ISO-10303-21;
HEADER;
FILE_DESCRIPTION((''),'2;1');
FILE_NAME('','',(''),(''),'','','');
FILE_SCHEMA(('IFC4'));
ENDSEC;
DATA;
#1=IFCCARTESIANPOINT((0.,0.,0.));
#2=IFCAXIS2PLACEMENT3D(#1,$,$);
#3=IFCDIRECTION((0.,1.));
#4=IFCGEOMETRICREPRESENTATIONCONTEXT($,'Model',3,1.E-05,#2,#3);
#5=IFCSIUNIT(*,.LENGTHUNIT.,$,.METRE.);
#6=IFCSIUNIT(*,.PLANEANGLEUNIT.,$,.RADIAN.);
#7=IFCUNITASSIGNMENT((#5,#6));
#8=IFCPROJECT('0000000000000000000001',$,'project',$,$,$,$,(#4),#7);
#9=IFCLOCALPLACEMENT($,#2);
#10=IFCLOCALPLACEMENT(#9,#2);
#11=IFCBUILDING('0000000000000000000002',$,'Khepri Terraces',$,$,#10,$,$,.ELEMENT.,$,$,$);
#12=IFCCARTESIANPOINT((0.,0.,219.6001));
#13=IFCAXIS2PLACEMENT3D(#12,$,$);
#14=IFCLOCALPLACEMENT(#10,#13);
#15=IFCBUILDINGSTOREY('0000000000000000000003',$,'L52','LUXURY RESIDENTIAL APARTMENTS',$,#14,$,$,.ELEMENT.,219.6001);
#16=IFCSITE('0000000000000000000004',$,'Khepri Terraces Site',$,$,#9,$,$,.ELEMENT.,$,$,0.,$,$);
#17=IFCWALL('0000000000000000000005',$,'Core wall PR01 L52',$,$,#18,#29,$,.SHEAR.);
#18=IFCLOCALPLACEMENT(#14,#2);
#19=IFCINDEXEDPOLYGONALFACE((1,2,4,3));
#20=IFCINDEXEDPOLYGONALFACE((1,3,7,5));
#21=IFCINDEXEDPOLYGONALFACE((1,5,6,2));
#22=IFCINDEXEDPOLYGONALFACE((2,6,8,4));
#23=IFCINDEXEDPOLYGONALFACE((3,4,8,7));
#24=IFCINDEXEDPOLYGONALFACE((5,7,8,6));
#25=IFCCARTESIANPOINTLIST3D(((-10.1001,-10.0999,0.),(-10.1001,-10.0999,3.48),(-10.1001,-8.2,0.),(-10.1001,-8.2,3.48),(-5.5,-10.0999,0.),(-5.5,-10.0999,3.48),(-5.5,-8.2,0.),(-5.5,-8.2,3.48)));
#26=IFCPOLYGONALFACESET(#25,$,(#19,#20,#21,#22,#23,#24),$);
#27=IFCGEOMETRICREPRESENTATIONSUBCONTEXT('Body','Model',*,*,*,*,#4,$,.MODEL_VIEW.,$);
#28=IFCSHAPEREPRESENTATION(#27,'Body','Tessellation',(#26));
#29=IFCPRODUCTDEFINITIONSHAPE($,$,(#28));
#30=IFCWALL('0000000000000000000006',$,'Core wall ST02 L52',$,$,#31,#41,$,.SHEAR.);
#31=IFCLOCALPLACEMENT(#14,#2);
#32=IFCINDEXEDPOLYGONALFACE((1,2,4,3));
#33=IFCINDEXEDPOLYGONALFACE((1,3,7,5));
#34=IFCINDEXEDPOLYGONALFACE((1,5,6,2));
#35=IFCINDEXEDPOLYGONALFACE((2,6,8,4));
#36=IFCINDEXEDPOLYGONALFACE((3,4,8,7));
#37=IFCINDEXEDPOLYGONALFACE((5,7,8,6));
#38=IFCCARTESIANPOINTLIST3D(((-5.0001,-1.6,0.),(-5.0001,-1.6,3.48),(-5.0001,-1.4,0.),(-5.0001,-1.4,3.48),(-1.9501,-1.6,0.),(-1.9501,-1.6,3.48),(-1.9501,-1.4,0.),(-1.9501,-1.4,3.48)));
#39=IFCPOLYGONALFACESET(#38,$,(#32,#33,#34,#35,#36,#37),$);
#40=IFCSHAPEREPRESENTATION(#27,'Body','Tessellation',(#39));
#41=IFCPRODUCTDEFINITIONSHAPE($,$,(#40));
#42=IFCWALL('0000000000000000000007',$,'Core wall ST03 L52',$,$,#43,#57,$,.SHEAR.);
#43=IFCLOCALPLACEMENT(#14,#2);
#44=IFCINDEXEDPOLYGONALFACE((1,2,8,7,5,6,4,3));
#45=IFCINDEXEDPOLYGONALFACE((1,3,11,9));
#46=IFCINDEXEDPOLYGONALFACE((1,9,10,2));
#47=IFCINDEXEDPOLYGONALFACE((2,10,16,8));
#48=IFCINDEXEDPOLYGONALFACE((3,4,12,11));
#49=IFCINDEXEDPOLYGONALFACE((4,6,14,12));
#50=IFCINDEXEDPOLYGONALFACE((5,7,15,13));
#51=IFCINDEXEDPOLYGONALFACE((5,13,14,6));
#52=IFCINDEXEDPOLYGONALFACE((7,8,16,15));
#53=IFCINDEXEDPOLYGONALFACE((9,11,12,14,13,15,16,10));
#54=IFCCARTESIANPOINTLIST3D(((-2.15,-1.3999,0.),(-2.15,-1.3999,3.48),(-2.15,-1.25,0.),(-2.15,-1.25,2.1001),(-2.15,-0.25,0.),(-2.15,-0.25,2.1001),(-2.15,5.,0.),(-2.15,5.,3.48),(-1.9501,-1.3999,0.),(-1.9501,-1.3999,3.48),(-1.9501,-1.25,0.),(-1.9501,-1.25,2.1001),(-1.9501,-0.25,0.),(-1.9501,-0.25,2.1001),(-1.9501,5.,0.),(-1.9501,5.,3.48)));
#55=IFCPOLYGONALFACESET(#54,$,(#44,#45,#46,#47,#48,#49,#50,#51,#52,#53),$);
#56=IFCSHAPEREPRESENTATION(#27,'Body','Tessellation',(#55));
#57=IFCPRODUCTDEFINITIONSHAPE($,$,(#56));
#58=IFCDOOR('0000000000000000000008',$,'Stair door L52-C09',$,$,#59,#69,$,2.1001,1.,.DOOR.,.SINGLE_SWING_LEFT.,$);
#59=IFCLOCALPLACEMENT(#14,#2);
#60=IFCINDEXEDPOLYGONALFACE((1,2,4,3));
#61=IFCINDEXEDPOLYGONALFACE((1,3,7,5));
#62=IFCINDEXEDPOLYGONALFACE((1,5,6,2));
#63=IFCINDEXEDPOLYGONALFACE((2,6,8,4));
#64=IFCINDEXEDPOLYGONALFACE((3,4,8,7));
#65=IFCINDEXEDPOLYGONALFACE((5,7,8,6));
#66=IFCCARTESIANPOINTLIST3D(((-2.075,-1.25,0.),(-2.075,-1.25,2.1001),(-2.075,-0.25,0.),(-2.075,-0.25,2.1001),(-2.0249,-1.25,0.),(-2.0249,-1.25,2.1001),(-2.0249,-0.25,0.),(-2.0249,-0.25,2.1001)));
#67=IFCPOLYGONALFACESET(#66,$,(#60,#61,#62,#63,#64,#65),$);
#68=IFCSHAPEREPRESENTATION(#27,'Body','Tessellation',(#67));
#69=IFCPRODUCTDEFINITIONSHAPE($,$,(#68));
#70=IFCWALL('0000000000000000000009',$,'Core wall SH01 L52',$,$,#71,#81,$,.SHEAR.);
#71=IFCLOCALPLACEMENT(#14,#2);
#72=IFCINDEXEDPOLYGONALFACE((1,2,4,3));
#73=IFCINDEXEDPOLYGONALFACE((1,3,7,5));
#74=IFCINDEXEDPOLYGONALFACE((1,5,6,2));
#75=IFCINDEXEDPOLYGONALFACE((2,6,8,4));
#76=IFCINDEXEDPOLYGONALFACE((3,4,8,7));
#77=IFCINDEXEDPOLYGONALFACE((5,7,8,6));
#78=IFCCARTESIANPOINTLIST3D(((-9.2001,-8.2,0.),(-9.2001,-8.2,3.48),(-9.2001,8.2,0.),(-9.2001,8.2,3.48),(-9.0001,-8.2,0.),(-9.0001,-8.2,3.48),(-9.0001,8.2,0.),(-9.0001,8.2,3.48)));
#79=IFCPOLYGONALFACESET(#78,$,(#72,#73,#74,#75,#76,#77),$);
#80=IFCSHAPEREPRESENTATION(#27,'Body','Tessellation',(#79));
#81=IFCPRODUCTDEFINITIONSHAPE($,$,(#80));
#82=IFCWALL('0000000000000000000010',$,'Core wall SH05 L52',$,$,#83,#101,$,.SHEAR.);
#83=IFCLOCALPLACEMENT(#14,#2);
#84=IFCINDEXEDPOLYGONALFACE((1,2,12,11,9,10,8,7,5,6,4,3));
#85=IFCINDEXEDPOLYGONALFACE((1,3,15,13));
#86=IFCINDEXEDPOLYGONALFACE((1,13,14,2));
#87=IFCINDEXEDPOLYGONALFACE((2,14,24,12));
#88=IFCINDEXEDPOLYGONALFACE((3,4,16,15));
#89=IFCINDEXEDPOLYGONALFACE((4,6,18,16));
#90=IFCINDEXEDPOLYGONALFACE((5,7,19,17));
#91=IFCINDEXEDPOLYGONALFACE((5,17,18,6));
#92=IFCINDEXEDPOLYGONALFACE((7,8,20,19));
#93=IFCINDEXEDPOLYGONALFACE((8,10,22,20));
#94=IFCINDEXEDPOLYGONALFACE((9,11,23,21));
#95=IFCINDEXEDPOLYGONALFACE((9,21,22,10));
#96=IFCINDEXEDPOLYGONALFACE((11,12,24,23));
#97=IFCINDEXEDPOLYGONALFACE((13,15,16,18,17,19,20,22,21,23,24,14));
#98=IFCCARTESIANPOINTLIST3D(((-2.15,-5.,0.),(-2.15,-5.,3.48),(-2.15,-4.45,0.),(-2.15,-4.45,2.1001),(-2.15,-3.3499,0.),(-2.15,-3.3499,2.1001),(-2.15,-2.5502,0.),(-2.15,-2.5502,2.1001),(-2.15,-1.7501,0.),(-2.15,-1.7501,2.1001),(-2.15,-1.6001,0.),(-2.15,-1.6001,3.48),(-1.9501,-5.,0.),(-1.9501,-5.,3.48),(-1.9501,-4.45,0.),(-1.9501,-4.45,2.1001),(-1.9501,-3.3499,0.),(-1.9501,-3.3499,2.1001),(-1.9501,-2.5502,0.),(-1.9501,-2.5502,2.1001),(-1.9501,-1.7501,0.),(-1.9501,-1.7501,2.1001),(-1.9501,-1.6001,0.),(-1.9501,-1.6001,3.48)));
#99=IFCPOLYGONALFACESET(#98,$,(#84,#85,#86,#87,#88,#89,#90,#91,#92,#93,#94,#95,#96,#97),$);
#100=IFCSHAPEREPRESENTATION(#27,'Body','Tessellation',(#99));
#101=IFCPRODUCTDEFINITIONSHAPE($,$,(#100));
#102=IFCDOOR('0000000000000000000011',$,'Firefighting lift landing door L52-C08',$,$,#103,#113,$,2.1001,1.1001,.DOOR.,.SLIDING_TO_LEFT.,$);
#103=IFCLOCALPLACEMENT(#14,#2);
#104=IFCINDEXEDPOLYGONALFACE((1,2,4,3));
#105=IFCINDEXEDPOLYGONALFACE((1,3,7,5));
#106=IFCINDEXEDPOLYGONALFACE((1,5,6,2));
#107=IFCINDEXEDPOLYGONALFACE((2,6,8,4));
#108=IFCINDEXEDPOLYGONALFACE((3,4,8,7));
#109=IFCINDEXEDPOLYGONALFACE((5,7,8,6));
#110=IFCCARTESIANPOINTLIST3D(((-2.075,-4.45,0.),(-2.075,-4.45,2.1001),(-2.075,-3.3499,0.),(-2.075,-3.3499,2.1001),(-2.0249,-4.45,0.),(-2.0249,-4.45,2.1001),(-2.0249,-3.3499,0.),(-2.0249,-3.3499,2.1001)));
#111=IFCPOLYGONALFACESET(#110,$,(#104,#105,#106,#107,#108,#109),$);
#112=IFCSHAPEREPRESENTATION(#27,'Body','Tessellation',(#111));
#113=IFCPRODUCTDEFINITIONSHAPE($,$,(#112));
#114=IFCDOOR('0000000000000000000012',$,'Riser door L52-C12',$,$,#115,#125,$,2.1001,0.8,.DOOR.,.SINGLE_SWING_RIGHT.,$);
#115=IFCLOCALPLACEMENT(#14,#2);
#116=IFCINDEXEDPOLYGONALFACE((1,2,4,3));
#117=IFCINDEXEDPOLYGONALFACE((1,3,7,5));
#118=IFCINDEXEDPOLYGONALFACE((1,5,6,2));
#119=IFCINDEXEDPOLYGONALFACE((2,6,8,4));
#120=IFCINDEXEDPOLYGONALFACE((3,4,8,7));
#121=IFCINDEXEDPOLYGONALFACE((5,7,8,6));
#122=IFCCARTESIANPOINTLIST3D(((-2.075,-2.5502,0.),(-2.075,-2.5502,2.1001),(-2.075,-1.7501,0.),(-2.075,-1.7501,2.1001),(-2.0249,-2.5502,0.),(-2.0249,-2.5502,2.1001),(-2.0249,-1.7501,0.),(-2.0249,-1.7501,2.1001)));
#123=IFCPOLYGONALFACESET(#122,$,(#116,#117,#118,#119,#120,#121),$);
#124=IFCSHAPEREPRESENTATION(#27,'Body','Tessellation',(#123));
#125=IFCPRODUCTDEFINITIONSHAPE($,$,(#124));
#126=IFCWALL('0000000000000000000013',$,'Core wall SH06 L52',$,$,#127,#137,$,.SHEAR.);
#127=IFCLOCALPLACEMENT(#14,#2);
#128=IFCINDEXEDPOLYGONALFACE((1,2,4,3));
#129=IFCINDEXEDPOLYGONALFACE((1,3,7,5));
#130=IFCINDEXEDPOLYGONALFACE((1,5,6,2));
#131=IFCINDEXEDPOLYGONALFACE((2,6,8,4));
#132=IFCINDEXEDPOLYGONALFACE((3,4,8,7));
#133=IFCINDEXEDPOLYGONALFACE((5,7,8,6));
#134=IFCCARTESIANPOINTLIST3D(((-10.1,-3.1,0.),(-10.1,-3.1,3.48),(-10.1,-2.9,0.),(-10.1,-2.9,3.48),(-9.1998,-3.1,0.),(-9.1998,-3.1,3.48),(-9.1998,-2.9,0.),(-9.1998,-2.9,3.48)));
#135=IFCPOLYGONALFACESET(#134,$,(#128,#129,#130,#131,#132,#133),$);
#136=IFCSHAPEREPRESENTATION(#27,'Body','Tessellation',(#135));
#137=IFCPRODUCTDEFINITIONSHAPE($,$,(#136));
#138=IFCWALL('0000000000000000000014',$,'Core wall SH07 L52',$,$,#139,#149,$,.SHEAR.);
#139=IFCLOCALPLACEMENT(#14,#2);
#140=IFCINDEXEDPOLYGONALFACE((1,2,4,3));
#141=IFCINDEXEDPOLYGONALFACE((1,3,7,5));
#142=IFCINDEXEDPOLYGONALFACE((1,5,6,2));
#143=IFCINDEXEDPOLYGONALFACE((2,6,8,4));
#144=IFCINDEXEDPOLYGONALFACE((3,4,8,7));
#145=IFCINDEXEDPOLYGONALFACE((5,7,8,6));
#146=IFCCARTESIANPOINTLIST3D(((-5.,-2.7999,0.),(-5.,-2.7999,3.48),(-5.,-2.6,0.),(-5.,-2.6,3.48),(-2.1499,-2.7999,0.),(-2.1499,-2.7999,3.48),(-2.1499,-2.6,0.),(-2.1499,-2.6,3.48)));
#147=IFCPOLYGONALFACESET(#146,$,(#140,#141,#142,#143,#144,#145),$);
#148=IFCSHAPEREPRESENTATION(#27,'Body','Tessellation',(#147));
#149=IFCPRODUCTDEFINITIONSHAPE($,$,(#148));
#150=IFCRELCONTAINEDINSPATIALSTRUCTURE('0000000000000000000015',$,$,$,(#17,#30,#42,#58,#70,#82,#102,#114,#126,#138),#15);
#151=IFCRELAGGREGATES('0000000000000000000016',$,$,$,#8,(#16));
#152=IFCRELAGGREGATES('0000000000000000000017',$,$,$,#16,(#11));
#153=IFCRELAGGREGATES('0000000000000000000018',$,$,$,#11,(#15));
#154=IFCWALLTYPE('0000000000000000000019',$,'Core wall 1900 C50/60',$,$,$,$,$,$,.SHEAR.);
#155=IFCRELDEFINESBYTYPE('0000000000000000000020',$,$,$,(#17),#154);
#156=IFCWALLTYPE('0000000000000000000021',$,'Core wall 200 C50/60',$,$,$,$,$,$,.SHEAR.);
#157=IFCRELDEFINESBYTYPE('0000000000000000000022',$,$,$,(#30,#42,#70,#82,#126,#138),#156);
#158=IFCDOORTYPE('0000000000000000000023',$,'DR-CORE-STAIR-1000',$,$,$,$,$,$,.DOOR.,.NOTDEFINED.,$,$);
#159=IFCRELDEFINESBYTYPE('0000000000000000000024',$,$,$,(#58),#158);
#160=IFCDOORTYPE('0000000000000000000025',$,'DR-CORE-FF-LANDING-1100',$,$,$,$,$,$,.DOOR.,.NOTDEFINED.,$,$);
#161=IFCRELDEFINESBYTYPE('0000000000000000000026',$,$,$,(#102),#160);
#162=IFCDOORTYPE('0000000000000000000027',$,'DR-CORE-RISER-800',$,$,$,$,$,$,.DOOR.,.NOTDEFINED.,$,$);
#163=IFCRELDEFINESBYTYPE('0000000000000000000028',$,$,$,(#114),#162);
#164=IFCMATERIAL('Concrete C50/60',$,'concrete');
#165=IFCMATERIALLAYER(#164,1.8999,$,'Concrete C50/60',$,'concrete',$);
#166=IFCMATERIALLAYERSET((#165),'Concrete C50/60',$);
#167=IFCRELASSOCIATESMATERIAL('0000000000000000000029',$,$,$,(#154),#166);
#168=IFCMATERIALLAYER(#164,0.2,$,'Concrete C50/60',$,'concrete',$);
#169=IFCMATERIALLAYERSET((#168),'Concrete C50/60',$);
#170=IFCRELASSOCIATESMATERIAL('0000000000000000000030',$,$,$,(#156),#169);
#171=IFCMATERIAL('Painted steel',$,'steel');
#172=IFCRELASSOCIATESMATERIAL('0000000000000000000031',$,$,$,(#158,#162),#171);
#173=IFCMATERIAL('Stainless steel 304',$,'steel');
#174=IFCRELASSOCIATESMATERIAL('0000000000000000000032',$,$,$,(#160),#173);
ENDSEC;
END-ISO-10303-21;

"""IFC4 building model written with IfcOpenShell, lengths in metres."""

from ifc_helpers import new_model, si_unit, direction, frame, frame_2d, origin, place, context, subcontext, project, spatial, rectangle, extrude, material, layer, layer_set, type_object, element, fill, save


model = new_model("IFC4")

# Units and contexts
model_context = context("Model", 3, precision=1e-05, world=origin(), true_north=direction((0.0, 1.0)))
body_context = subcontext(model_context, "Body", "Model", "MODEL_VIEW")
ifc_project = project(units=[si_unit("LENGTHUNIT", "METRE"), si_unit("PLANEANGLEUNIT", "RADIAN")], contexts=[model_context])

# Site, building, storey
site_placement = place(None, origin())
site = spatial("IfcSite", under=ifc_project, at=site_placement, Name="Khepri Terraces Site", CompositionType="ELEMENT", RefElevation=0.0)
building_placement = place(site_placement, origin())
building = spatial("IfcBuilding", under=site, at=building_placement, Name="Khepri Terraces", CompositionType="ELEMENT")
storey_placement = place(building_placement, frame((0.0, 0.0, 219.6001)))
storey = spatial("IfcBuildingStorey", under=building, at=storey_placement, Name="L52", Description="LUXURY RESIDENTIAL APARTMENTS", CompositionType="ELEMENT", Elevation=219.6001)

# Walls
ifc_material_1 = material(Name="Concrete C50/60", Category="concrete")
ifc_layer_1 = layer(ifc_material_1, 1.8999, Name="Concrete C50/60", Category="concrete")
ifc_layer_set_1 = layer_set([ifc_layer_1], Name="Concrete C50/60")
wall_type_1 = type_object("IfcWallType", Name="Core wall 1900 C50/60", PredefinedType="SHEAR", material=ifc_layer_set_1)
wall_1_placement = place(storey_placement, frame((-10.1001, -9.1499, 0.0), z_axis=(0.0, 0.0, 1.0), x_axis=(1.0, 0.0, 0.0)))
element("IfcWall", 1, at=wall_1_placement, inside=storey, type_object=wall_type_1, Name="Core wall PR01 L52", PredefinedType="SHEAR", context=body_context, shape_type="SweptSolid", body=[
    extrude(rectangle(XDim=4.6001, YDim=1.8999, at=frame_2d((2.3, 0.0))), origin(), (0.0, 0.0, 1.0), 3.48),
])
ifc_layer_2 = layer(ifc_material_1, 0.2, Name="Concrete C50/60", Category="concrete")
ifc_layer_set_2 = layer_set([ifc_layer_2], Name="Concrete C50/60")
wall_type_2 = type_object("IfcWallType", Name="Core wall 200 C50/60", PredefinedType="SHEAR", material=ifc_layer_set_2)
wall_2_placement = place(storey_placement, frame((-5.0, -1.5, 0.0), z_axis=(0.0, 0.0, 1.0), x_axis=(1.0, 0.0, 0.0)))
element("IfcWall", 2, at=wall_2_placement, inside=storey, type_object=wall_type_2, Name="Core wall ST02 L52", PredefinedType="SHEAR", context=body_context, shape_type="SweptSolid", body=[
    extrude(rectangle(XDim=3.05, YDim=0.2, at=frame_2d((1.5249, 0.0))), origin(), (0.0, 0.0, 1.0), 3.48),
])

# Wall, opening, door
wall_3_placement = place(storey_placement, frame((-2.05, -1.3999, 0.0), z_axis=(0.0, 0.0, 1.0), x_axis=(0.0, 1.0, 0.0)))
wall_3 = element("IfcWall", 3, at=wall_3_placement, inside=storey, type_object=wall_type_2, Name="Core wall ST03 L52", PredefinedType="SHEAR", context=body_context, shape_type="SweptSolid", body=[
    extrude(rectangle(XDim=6.3999, YDim=0.2, at=frame_2d((3.2, 0.0))), origin(), (0.0, 0.0, 1.0), 3.48),
])
opening_1_placement = place(wall_3_placement, frame((0.1499, 0.0, 0.0)))
opening_1 = element("IfcOpeningElement", 4, at=opening_1_placement, cuts=wall_3, PredefinedType="OPENING", context=body_context, shape_type="SweptSolid", body=[
    extrude(rectangle(XDim=1.0, YDim=2.1001, at=frame_2d((0.5, 1.05))), frame((0.0, 0.1099, 0.0), z_axis=(0.0, -1.0, 0.0), x_axis=(1.0, 0.0, 0.0)), (0.0, 0.0, 1.0), 0.22),
])
ifc_material_2 = material(Name="Painted steel", Category="steel")
door_type_1 = type_object("IfcDoorType", Name="DR-CORE-STAIR-1000", OperationType="NOTDEFINED", PredefinedType="DOOR", material=ifc_material_2)
door_1_placement = place(opening_1_placement, origin())
door_1 = element("IfcDoor", 5, at=door_1_placement, inside=storey, type_object=door_type_1, Name="Stair door L52-C09", OperationType="SINGLE_SWING_LEFT", OverallHeight=2.1001, OverallWidth=1.0, PredefinedType="DOOR", context=body_context, shape_type="SweptSolid", body=[
    extrude(rectangle(XDim=1.0, YDim=2.1001, at=frame_2d((0.5, 1.05))), frame((0.0, 0.0249, 0.0), z_axis=(0.0, -1.0, 0.0), x_axis=(1.0, 0.0, 0.0)), (0.0, 0.0, 1.0), 0.05),
])
fill(opening_1, door_1)

# Wall
wall_4_placement = place(storey_placement, frame((-9.1001, -8.2, 0.0), z_axis=(0.0, 0.0, 1.0), x_axis=(0.0, 1.0, 0.0)))
element("IfcWall", 6, at=wall_4_placement, inside=storey, type_object=wall_type_2, Name="Core wall SH01 L52", PredefinedType="SHEAR", context=body_context, shape_type="SweptSolid", body=[
    extrude(rectangle(XDim=16.3999, YDim=0.2, at=frame_2d((8.2, 0.0))), origin(), (0.0, 0.0, 1.0), 3.48),
])

# Wall, openings, doors
wall_5_placement = place(storey_placement, frame((-2.05, -5.0, 0.0), z_axis=(0.0, 0.0, 1.0), x_axis=(0.0, 1.0, 0.0)))
wall_5 = element("IfcWall", 7, at=wall_5_placement, inside=storey, type_object=wall_type_2, Name="Core wall SH05 L52", PredefinedType="SHEAR", context=body_context, shape_type="SweptSolid", body=[
    extrude(rectangle(XDim=3.3999, YDim=0.2, at=frame_2d((1.7, 0.0))), origin(), (0.0, 0.0, 1.0), 3.48),
])
opening_2_placement = place(wall_5_placement, frame((0.55, 0.0, 0.0)))
opening_2 = element("IfcOpeningElement", 8, at=opening_2_placement, cuts=wall_5, PredefinedType="OPENING", context=body_context, shape_type="SweptSolid", body=[
    extrude(rectangle(XDim=1.1001, YDim=2.1001, at=frame_2d((0.55, 1.05))), frame((0.0, 0.1099, 0.0), z_axis=(0.0, -1.0, 0.0), x_axis=(1.0, 0.0, 0.0)), (0.0, 0.0, 1.0), 0.22),
])
opening_3_placement = place(wall_5_placement, frame((2.45, 0.0, 0.0)))
opening_3 = element("IfcOpeningElement", 9, at=opening_3_placement, cuts=wall_5, PredefinedType="OPENING", context=body_context, shape_type="SweptSolid", body=[
    extrude(rectangle(XDim=0.8, YDim=2.1001, at=frame_2d((0.3999, 1.05))), frame((0.0, 0.1099, 0.0), z_axis=(0.0, -1.0, 0.0), x_axis=(1.0, 0.0, 0.0)), (0.0, 0.0, 1.0), 0.22),
])
ifc_material_3 = material(Name="Stainless steel 304", Category="steel")
door_type_2 = type_object("IfcDoorType", Name="DR-CORE-FF-LANDING-1100", OperationType="NOTDEFINED", PredefinedType="DOOR", material=ifc_material_3)
door_2_placement = place(opening_2_placement, origin())
door_2 = element("IfcDoor", 10, at=door_2_placement, inside=storey, type_object=door_type_2, Name="Firefighting lift landing door L52-C08", OperationType="SLIDING_TO_LEFT", OverallHeight=2.1001, OverallWidth=1.1001, PredefinedType="DOOR", context=body_context, shape_type="SweptSolid", body=[
    extrude(rectangle(XDim=1.1001, YDim=2.1001, at=frame_2d((0.55, 1.05))), frame((0.0, 0.0249, 0.0), z_axis=(0.0, -1.0, 0.0), x_axis=(1.0, 0.0, 0.0)), (0.0, 0.0, 1.0), 0.05),
])
fill(opening_2, door_2)
door_type_3 = type_object("IfcDoorType", Name="DR-CORE-RISER-800", OperationType="NOTDEFINED", PredefinedType="DOOR", material=ifc_material_2)
door_3_placement = place(opening_3_placement, origin())
door_3 = element("IfcDoor", 11, at=door_3_placement, inside=storey, type_object=door_type_3, Name="Riser door L52-C12", OperationType="SINGLE_SWING_RIGHT", OverallHeight=2.1001, OverallWidth=0.8, PredefinedType="DOOR", context=body_context, shape_type="SweptSolid", body=[
    extrude(rectangle(XDim=0.8, YDim=2.1001, at=frame_2d((0.3999, 1.05))), frame((0.0, 0.0249, 0.0), z_axis=(0.0, -1.0, 0.0), x_axis=(1.0, 0.0, 0.0)), (0.0, 0.0, 1.0), 0.05),
])
fill(opening_3, door_3)

# Walls
wall_6_placement = place(storey_placement, frame((-10.1001, -3.0, 0.0), z_axis=(0.0, 0.0, 1.0), x_axis=(1.0, 0.0, 0.0)))
element("IfcWall", 12, at=wall_6_placement, inside=storey, type_object=wall_type_2, Name="Core wall SH06 L52", PredefinedType="SHEAR", context=body_context, shape_type="SweptSolid", body=[
    extrude(rectangle(XDim=0.9001, YDim=0.2, at=frame_2d((0.4502, 0.0))), origin(), (0.0, 0.0, 1.0), 3.48),
])
wall_7_placement = place(storey_placement, frame((-5.0, -2.7, 0.0), z_axis=(0.0, 0.0, 1.0), x_axis=(1.0, 0.0, 0.0)))
element("IfcWall", 13, at=wall_7_placement, inside=storey, type_object=wall_type_2, Name="Core wall SH07 L52", PredefinedType="SHEAR", context=body_context, shape_type="SweptSolid", body=[
    extrude(rectangle(XDim=2.8501, YDim=0.2, at=frame_2d((1.425, 0.0))), origin(), (0.0, 0.0, 1.0), 3.48),
])

save(model, "model.ifc")
